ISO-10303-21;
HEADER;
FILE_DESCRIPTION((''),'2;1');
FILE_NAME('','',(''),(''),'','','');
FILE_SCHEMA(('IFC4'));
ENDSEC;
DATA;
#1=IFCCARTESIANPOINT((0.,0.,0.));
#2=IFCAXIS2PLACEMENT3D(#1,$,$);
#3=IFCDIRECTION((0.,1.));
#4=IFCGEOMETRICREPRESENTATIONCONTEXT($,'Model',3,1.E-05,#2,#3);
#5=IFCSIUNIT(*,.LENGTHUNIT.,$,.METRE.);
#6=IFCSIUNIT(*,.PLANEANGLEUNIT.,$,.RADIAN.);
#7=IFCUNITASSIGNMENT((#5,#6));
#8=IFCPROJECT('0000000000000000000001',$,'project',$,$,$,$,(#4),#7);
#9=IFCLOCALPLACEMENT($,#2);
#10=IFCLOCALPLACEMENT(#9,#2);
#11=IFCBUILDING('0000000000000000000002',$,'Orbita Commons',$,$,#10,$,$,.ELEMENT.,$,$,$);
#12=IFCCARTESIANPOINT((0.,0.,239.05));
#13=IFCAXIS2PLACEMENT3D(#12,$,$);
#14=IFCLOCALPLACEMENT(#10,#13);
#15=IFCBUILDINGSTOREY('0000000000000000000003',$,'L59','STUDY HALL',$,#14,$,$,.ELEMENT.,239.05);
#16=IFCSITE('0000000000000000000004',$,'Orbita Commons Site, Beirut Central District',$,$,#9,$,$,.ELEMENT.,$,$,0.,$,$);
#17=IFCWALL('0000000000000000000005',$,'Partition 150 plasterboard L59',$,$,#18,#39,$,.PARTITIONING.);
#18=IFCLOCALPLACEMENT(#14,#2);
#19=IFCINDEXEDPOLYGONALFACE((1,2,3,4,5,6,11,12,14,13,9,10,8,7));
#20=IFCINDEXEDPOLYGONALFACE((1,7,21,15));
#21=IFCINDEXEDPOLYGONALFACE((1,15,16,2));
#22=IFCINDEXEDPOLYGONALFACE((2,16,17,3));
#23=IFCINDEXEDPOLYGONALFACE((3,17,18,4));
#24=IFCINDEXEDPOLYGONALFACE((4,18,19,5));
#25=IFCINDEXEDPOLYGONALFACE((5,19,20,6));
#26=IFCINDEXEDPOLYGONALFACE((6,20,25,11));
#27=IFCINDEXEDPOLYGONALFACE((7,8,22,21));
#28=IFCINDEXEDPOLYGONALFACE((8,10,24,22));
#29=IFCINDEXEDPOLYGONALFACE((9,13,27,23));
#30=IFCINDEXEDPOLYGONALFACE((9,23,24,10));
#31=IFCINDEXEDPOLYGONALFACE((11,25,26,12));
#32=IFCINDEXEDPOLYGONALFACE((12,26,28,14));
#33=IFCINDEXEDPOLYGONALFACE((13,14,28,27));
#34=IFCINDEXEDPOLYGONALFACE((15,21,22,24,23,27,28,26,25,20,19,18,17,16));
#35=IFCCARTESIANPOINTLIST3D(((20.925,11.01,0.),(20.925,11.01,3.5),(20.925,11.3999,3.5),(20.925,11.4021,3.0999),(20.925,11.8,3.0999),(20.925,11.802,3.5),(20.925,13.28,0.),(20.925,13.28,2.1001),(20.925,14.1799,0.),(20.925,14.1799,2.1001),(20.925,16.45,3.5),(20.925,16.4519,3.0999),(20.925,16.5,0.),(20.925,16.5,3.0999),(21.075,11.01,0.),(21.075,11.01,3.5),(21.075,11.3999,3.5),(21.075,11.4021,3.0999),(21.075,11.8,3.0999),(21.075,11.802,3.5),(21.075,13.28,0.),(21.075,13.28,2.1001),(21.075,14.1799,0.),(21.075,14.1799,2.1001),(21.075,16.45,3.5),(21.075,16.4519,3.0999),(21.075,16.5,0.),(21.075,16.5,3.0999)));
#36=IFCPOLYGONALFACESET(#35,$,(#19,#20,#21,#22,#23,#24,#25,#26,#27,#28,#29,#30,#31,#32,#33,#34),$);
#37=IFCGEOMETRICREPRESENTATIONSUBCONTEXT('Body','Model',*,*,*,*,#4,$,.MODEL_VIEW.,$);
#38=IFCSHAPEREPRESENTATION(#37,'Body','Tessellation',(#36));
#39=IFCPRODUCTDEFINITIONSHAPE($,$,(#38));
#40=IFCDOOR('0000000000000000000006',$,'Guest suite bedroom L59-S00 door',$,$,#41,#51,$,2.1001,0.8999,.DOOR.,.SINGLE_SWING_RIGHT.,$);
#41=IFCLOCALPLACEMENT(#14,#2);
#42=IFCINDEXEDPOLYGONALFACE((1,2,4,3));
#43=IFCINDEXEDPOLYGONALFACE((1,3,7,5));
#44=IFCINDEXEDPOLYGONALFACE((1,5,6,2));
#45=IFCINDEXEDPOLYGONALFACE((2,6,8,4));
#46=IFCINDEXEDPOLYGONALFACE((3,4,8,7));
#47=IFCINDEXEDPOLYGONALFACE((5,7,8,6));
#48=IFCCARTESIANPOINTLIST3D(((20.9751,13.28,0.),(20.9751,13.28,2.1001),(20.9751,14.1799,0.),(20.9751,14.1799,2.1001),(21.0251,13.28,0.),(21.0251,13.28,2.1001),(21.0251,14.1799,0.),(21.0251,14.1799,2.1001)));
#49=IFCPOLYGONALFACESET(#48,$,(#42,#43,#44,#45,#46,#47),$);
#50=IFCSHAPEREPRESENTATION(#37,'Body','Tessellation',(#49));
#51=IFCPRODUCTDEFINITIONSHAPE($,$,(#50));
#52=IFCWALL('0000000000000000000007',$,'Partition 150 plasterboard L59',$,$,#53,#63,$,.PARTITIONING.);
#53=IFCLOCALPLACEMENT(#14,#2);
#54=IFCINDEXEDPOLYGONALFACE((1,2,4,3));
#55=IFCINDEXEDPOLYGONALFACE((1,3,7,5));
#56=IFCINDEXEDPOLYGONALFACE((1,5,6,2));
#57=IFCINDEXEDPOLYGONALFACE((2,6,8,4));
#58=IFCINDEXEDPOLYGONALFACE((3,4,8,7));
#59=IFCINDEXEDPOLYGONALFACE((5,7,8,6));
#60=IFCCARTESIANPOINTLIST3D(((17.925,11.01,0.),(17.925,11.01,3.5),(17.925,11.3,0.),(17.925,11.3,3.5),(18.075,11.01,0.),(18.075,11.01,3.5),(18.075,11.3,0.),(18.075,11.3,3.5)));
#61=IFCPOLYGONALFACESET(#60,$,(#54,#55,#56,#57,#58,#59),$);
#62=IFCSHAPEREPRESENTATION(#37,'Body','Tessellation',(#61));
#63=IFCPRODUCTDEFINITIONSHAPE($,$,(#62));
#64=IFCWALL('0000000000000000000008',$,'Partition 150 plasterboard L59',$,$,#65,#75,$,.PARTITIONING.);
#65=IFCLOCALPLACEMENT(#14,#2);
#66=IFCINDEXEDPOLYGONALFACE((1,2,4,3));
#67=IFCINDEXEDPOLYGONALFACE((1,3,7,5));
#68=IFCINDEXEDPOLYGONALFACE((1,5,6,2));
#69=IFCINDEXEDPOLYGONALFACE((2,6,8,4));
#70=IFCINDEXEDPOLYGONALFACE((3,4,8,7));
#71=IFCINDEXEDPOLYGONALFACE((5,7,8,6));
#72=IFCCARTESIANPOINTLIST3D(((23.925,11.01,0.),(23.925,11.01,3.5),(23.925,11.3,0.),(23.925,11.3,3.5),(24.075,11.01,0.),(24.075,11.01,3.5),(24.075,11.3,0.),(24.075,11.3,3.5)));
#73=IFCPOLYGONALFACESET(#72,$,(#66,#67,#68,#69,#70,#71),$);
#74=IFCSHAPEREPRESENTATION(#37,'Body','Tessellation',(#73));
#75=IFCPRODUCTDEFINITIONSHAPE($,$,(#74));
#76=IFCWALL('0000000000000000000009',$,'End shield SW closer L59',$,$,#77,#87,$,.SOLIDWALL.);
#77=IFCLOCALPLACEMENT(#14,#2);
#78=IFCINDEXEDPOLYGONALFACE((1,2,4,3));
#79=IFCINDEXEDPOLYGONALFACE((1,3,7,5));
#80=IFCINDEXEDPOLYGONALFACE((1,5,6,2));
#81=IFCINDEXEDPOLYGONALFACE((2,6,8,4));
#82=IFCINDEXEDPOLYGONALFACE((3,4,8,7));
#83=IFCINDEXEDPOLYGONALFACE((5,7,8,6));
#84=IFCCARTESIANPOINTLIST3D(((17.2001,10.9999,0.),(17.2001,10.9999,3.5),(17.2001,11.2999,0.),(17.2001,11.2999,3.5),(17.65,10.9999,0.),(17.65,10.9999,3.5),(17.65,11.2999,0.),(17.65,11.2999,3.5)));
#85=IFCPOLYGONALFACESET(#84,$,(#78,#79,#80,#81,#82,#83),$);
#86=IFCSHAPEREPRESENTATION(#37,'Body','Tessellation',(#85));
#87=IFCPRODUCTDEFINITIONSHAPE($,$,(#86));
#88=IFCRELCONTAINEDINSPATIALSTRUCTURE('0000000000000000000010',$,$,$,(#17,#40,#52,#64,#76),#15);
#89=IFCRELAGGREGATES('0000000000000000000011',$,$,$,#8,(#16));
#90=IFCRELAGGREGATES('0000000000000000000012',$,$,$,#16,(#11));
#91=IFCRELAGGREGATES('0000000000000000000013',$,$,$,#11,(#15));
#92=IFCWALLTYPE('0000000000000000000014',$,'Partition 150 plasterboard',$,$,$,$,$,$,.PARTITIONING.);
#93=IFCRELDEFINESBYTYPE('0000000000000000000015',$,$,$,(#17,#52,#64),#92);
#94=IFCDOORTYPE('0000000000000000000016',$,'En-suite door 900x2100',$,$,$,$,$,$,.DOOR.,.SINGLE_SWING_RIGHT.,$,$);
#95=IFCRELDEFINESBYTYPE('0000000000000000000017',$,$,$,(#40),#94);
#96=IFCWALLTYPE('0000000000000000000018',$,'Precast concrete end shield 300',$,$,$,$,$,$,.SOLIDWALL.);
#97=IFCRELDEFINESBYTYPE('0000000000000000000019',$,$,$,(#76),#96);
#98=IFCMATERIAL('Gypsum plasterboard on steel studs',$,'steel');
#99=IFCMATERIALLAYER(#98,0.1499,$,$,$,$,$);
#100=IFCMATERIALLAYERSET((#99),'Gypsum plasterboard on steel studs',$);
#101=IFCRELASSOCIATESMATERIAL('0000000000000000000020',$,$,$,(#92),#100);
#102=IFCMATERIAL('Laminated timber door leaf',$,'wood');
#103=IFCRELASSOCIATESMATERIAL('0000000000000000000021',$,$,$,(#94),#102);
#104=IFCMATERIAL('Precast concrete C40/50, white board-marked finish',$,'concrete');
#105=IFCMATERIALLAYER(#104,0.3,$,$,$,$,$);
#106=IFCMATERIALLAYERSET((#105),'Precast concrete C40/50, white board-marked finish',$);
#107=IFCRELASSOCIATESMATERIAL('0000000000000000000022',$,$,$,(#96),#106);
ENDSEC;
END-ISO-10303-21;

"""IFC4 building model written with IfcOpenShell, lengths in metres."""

from ifc_helpers import new_model, si_unit, direction, frame, frame_2d, origin, place, context, subcontext, project, spatial, polyline, rectangle, outline, extrude, material, layer, layer_set, type_object, element, fill, save


model = new_model("IFC4")

# Units and contexts
model_context = context("Model", 3, precision=1e-05, world=origin(), true_north=direction((0.0, 1.0)))
body_context = subcontext(model_context, "Body", "Model", "MODEL_VIEW")
ifc_project = project(units=[si_unit("LENGTHUNIT", "METRE"), si_unit("PLANEANGLEUNIT", "RADIAN")], contexts=[model_context])

# Site, building, storey
site_placement = place(None, origin())
site = spatial("IfcSite", under=ifc_project, at=site_placement, Name="Orbita Commons Site, Beirut Central District", CompositionType="ELEMENT", RefElevation=0.0)
building_placement = place(site_placement, origin())
building = spatial("IfcBuilding", under=site, at=building_placement, Name="Orbita Commons", CompositionType="ELEMENT")
storey_placement = place(building_placement, frame((0.0, 0.0, 239.05)))
storey = spatial("IfcBuildingStorey", under=building, at=storey_placement, Name="L59", Description="STUDY HALL", CompositionType="ELEMENT", Elevation=239.05)

# Wall, opening, door
ifc_material_1 = material(Name="Gypsum plasterboard on steel studs", Category="steel")
ifc_layer_1 = layer(ifc_material_1, 0.1499)
ifc_layer_set_1 = layer_set([ifc_layer_1], Name="Gypsum plasterboard on steel studs")
wall_type_1 = type_object("IfcWallType", Name="Partition 150 plasterboard", PredefinedType="PARTITIONING", material=ifc_layer_set_1)
wall_1_placement = place(storey_placement, frame((21.0, 11.01, 0.0), z_axis=(0.0, 0.0, 1.0), x_axis=(0.0, 1.0, 0.0)))
wall_1 = element("IfcWall", 1, at=wall_1_placement, inside=storey, type_object=wall_type_1, Name="Partition 150 plasterboard L59", PredefinedType="PARTITIONING", context=body_context, shape_type="SweptSolid", body=[
    extrude(outline(polyline([(0.0, 0.0), (5.49, 0.0), (5.49, 3.0999), (5.4419, 3.0999), (5.4399, 3.5), (0.792, 3.5), (0.79, 3.0999), (0.3921, 3.0999), (0.3899, 3.5), (0.0, 3.5), (0.0, 0.0)])), frame((0.0, 0.075, 0.0), z_axis=(0.0, -1.0, 0.0), x_axis=(1.0, 0.0, 0.0)), (0.0, 0.0, 1.0), 0.1499),
])
opening_placement = place(wall_1_placement, frame((2.27, 0.0, 0.0)))
opening = element("IfcOpeningElement", 2, at=opening_placement, cuts=wall_1, PredefinedType="OPENING", context=body_context, shape_type="SweptSolid", body=[
    extrude(rectangle(XDim=0.8999, YDim=2.1001, at=frame_2d((0.45, 1.05))), frame((0.0, 0.085, 0.0), z_axis=(0.0, -1.0, 0.0), x_axis=(1.0, 0.0, 0.0)), (0.0, 0.0, 1.0), 0.1699),
])
ifc_material_2 = material(Name="Laminated timber door leaf", Category="wood")
door_type = type_object("IfcDoorType", Name="En-suite door 900x2100", OperationType="SINGLE_SWING_RIGHT", PredefinedType="DOOR", material=ifc_material_2)
door_placement = place(opening_placement, origin())
door = element("IfcDoor", 3, at=door_placement, inside=storey, type_object=door_type, Name="Guest suite bedroom L59-S00 door", OperationType="SINGLE_SWING_RIGHT", OverallHeight=2.1001, OverallWidth=0.8999, PredefinedType="DOOR", context=body_context, shape_type="SweptSolid", body=[
    extrude(rectangle(XDim=0.8999, YDim=2.1001, at=frame_2d((0.45, 1.05))), frame((0.0, 0.0249, 0.0), z_axis=(0.0, -1.0, 0.0), x_axis=(1.0, 0.0, 0.0)), (0.0, 0.0, 1.0), 0.05),
])
fill(opening, door)

# Walls
for number, where, z_axis, x_axis, name in (
    (4, (18.0, 11.3, 0.0), (0.0, 0.0, 1.0), (0.0, -1.0, 0.0), "Partition 150 plasterboard L59"),
    (5, (24.0, 11.3, 0.0), (0.0, 0.0, 1.0), (0.0, -1.0, 0.0), "Partition 150 plasterboard L59"),
):
    element("IfcWall", number, at=place(storey_placement, frame(where, z_axis=z_axis, x_axis=x_axis)), inside=storey, type_object=wall_type_1, Name=name, PredefinedType="PARTITIONING", context=body_context, shape_type="SweptSolid", body=[
        extrude(rectangle(XDim=0.29, YDim=0.1499, at=frame_2d((0.145, 0.0))), origin(), (0.0, 0.0, 1.0), 3.5),
    ])
ifc_material_3 = material(Name="Precast concrete C40/50, white board-marked finish", Category="concrete")
ifc_layer_2 = layer(ifc_material_3, 0.3)
ifc_layer_set_2 = layer_set([ifc_layer_2], Name="Precast concrete C40/50, white board-marked finish")
wall_type_2 = type_object("IfcWallType", Name="Precast concrete end shield 300", PredefinedType="SOLIDWALL", material=ifc_layer_set_2)
wall_2_placement = place(storey_placement, frame((17.2, 11.1499, 0.0), z_axis=(0.0, 0.0, 1.0), x_axis=(1.0, 0.0, 0.0)))
element("IfcWall", 6, at=wall_2_placement, inside=storey, type_object=wall_type_2, Name="End shield SW closer L59", PredefinedType="SOLIDWALL", context=body_context, shape_type="SweptSolid", body=[
    extrude(rectangle(XDim=0.45, YDim=0.3, at=frame_2d((0.2251, 0.0))), origin(), (0.0, 0.0, 1.0), 3.5),
])

save(model, "model.ifc")
